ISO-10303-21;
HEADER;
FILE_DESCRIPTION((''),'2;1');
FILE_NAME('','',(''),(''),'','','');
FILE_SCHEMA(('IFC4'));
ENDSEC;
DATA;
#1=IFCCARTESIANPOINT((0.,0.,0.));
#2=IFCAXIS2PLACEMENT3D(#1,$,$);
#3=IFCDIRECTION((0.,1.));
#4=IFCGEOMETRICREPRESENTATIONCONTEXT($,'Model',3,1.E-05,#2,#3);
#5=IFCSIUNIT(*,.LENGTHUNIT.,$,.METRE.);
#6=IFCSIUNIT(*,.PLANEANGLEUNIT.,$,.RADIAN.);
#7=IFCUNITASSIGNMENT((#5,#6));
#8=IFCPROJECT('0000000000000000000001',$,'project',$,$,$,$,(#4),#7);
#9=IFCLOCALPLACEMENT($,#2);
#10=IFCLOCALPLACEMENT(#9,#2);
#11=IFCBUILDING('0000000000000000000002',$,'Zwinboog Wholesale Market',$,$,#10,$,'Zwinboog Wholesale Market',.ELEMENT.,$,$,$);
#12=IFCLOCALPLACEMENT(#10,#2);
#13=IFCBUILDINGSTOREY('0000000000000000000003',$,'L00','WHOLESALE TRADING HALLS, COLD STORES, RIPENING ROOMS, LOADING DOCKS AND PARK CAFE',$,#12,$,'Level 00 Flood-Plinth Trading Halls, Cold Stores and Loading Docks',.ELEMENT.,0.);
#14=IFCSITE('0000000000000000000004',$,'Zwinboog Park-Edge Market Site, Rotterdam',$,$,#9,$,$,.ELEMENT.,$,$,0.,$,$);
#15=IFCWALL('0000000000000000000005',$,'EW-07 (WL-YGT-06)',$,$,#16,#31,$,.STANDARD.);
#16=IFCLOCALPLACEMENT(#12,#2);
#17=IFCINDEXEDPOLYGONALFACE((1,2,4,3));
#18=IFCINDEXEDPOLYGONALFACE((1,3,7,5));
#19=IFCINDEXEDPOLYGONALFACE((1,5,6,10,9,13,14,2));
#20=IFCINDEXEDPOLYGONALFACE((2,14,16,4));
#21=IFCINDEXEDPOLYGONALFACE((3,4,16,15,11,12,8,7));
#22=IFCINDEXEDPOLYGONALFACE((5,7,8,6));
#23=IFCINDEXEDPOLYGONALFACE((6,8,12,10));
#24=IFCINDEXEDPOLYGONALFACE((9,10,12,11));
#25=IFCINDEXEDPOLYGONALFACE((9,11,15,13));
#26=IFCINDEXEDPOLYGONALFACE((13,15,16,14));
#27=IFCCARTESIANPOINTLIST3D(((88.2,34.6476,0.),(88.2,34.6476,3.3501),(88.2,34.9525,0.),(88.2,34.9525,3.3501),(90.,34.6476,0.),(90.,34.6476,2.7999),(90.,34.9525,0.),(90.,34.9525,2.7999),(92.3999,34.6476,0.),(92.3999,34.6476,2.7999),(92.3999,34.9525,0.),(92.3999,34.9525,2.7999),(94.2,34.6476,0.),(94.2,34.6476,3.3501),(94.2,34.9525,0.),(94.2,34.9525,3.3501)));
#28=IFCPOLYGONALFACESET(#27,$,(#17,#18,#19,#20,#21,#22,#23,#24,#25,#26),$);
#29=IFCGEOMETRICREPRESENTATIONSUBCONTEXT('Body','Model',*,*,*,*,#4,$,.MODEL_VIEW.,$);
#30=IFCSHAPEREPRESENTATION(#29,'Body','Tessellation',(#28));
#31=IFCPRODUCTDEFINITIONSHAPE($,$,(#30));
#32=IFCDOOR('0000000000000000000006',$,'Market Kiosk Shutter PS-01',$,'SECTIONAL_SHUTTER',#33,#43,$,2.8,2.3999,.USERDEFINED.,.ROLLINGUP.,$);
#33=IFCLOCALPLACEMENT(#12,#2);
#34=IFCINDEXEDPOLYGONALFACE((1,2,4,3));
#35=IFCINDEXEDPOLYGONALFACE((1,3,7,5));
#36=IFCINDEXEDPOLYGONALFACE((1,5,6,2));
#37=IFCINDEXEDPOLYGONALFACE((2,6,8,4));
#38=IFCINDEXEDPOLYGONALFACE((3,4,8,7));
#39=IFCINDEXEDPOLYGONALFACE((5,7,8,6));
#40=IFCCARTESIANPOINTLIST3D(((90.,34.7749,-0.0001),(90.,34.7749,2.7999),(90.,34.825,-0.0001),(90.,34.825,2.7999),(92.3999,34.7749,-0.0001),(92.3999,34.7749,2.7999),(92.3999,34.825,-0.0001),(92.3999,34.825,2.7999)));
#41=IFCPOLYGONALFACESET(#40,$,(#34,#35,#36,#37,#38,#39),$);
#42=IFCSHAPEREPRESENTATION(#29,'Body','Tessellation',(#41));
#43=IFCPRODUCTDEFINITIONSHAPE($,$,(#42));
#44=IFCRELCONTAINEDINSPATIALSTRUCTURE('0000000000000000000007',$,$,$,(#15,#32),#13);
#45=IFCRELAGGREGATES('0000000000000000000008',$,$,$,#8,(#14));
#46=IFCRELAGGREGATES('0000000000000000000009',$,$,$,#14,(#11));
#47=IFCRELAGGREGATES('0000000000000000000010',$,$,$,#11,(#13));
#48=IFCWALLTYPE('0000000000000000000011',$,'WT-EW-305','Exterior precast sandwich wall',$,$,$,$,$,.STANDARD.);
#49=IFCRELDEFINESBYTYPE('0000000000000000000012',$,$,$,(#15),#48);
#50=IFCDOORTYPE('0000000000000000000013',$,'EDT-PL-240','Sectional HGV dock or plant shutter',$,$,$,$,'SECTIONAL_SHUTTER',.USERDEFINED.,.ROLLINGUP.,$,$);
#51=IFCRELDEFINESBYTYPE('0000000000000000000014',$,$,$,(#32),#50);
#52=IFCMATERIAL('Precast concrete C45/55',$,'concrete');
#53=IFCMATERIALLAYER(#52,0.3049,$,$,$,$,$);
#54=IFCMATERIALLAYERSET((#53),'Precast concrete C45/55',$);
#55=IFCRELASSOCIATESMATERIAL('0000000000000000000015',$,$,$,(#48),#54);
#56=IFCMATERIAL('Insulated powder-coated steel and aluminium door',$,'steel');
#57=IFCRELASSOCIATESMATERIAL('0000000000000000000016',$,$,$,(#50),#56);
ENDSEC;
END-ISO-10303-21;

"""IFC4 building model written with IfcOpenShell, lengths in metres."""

from ifc_helpers import new_model, si_unit, direction, frame, frame_2d, origin, place, context, subcontext, project, spatial, rectangle, extrude, material, layer, layer_set, type_object, element, fill, save


model = new_model("IFC4")

# Units and contexts
model_context = context("Model", 3, precision=1e-05, world=origin(), true_north=direction((0.0, 1.0)))
body_context = subcontext(model_context, "Body", "Model", "MODEL_VIEW")
ifc_project = project(units=[si_unit("LENGTHUNIT", "METRE"), si_unit("PLANEANGLEUNIT", "RADIAN")], contexts=[model_context])

# Site, building, storey
site_placement = place(None, origin())
site = spatial("IfcSite", under=ifc_project, at=site_placement, Name="Zwinboog Park-Edge Market Site, Rotterdam", CompositionType="ELEMENT", RefElevation=0.0)
building_placement = place(site_placement, origin())
building = spatial("IfcBuilding", under=site, at=building_placement, Name="Zwinboog Wholesale Market", LongName="Zwinboog Wholesale Market", CompositionType="ELEMENT")
storey_placement = place(building_placement, origin())
storey = spatial("IfcBuildingStorey", under=building, at=storey_placement, Name="L00", Description="WHOLESALE TRADING HALLS, COLD STORES, RIPENING ROOMS, LOADING DOCKS AND PARK CAFE", LongName="Level 00 Flood-Plinth Trading Halls, Cold Stores and Loading Docks", CompositionType="ELEMENT", Elevation=0.0)

# Shared definitions
ifc_material_1 = material(Name="Precast concrete C45/55", Category="concrete")

# Wall, opening, door
ifc_material_2 = material(Name="Insulated powder-coated steel and aluminium door", Category="steel")
ifc_layer_1 = layer(ifc_material_1, 0.3049)
ifc_layer_set_1 = layer_set([ifc_layer_1], Name="Precast concrete C45/55")
wall_type_1 = type_object("IfcWallType", Name="WT-EW-305", Description="Exterior precast sandwich wall", PredefinedType="STANDARD", material=ifc_layer_set_1)
wall_1_placement = place(storey_placement, frame((88.2, 34.8, 0.0), z_axis=(0.0, 0.0, 1.0), x_axis=(1.0, 0.0, 0.0)))
wall_1 = element("IfcWall", 1, at=wall_1_placement, inside=storey, type_object=wall_type_1, Name="EW-07 (WL-YGT-06)", PredefinedType="STANDARD", context=body_context, shape_type="SweptSolid", body=[
    extrude(rectangle(XDim=6.0, YDim=0.3049, at=frame_2d((3.0, 0.0))), origin(), (0.0, 0.0, 1.0), 3.3501),
])
opening_1_placement = place(wall_1_placement, frame((1.8, 0.0, 0.0)))
opening_1 = element("IfcOpeningElement", 2, at=opening_1_placement, cuts=wall_1, PredefinedType="OPENING", context=body_context, shape_type="SweptSolid", body=[
    extrude(rectangle(XDim=2.3999, YDim=2.8, at=frame_2d((1.2, 1.3999))), frame((0.0, 0.1624, 0.0), z_axis=(0.0, -1.0, 0.0), x_axis=(1.0, 0.0, 0.0)), (0.0, 0.0, 1.0), 0.325),
])
door_type_1 = type_object("IfcDoorType", Name="EDT-PL-240", Description="Sectional HGV dock or plant shutter", ElementType="SECTIONAL_SHUTTER", OperationType="ROLLINGUP", PredefinedType="USERDEFINED", material=ifc_material_2)
door_1_placement = place(opening_1_placement, origin())
door_1 = element("IfcDoor", 3, at=door_1_placement, inside=storey, type_object=door_type_1, Name="Market Kiosk Shutter PS-01", ObjectType="SECTIONAL_SHUTTER", OperationType="ROLLINGUP", OverallHeight=2.8, OverallWidth=2.3999, PredefinedType="USERDEFINED", context=body_context, shape_type="SweptSolid", body=[
    extrude(rectangle(XDim=2.3999, YDim=2.8, at=frame_2d((1.2, 1.3999))), frame((0.0, 0.0249, 0.0), z_axis=(0.0, -1.0, 0.0), x_axis=(1.0, 0.0, 0.0)), (0.0, 0.0, 1.0), 0.05),
])
fill(opening_1, door_1)

save(model, "model.ifc")
